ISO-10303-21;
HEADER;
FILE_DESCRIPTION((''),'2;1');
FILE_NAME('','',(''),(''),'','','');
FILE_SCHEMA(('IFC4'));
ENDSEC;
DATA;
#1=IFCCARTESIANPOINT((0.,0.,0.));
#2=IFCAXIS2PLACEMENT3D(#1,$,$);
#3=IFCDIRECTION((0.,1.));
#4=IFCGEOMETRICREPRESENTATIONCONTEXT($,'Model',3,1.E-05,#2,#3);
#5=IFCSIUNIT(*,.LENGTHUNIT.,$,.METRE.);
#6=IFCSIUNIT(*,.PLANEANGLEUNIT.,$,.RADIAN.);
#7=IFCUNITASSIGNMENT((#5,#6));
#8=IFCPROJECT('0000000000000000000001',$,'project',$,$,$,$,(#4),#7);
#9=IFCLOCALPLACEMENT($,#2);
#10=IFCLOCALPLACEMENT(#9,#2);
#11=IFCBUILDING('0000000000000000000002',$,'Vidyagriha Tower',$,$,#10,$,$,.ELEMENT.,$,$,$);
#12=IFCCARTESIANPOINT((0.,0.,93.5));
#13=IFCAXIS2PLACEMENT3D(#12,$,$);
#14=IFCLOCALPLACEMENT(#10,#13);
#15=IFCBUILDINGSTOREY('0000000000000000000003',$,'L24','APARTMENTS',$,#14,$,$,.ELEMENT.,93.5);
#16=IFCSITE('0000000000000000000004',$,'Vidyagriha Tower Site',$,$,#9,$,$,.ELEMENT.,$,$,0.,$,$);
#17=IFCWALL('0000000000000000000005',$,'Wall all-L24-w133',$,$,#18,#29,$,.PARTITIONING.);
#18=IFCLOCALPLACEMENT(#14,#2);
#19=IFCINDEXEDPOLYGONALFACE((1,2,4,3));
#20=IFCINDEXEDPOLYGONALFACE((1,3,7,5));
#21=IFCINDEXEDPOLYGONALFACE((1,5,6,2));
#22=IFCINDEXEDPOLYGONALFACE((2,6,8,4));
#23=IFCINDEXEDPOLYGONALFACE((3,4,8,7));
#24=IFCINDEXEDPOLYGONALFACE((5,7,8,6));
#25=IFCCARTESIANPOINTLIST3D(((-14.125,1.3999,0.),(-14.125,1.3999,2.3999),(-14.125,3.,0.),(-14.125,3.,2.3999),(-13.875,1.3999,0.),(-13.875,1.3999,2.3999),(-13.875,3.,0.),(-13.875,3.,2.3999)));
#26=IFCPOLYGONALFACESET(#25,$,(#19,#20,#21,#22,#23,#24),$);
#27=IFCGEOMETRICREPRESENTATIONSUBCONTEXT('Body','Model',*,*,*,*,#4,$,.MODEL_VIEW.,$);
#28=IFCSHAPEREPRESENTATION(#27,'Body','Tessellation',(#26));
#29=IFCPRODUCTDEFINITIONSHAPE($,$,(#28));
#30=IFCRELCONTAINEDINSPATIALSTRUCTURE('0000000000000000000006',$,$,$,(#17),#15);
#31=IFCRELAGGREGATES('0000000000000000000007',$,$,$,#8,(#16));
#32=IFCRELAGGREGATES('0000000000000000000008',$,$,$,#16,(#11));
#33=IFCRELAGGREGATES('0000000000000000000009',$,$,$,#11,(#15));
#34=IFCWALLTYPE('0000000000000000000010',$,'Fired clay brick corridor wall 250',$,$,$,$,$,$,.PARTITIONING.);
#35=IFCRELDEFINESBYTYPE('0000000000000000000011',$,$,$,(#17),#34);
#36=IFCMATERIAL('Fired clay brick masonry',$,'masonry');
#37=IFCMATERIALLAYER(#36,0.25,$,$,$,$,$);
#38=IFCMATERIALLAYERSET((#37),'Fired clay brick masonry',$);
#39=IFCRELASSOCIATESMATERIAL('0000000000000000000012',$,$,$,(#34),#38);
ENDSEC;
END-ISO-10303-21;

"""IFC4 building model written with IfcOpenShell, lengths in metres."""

from ifc_helpers import new_model, si_unit, direction, frame, frame_2d, origin, place, context, subcontext, project, spatial, rectangle, extrude, material, layer, layer_set, type_object, element, save


model = new_model("IFC4")

# Units and contexts
model_context = context("Model", 3, precision=1e-05, world=origin(), true_north=direction((0.0, 1.0)))
body_context = subcontext(model_context, "Body", "Model", "MODEL_VIEW")
ifc_project = project(units=[si_unit("LENGTHUNIT", "METRE"), si_unit("PLANEANGLEUNIT", "RADIAN")], contexts=[model_context])

# Site, building, storey
site_placement = place(None, origin())
site = spatial("IfcSite", under=ifc_project, at=site_placement, Name="Vidyagriha Tower Site", CompositionType="ELEMENT", RefElevation=0.0)
building_placement = place(site_placement, origin())
building = spatial("IfcBuilding", under=site, at=building_placement, Name="Vidyagriha Tower", CompositionType="ELEMENT")
storey_placement = place(building_placement, frame((0.0, 0.0, 93.5)))
storey = spatial("IfcBuildingStorey", under=building, at=storey_placement, Name="L24", Description="APARTMENTS", CompositionType="ELEMENT", Elevation=93.5)

# Wall
ifc_material_1 = material(Name="Fired clay brick masonry", Category="masonry")
ifc_layer_1 = layer(ifc_material_1, 0.25)
ifc_layer_set_1 = layer_set([ifc_layer_1], Name="Fired clay brick masonry")
wall_type_1 = type_object("IfcWallType", Name="Fired clay brick corridor wall 250", PredefinedType="PARTITIONING", material=ifc_layer_set_1)
wall_1_placement = place(storey_placement, frame((-14.0, 3.0, 0.0), z_axis=(0.0, 0.0, 1.0), x_axis=(0.0, -1.0, 0.0)))
element("IfcWall", 1, at=wall_1_placement, inside=storey, type_object=wall_type_1, Name="Wall all-L24-w133", PredefinedType="PARTITIONING", context=body_context, shape_type="SweptSolid", body=[
    extrude(rectangle(XDim=1.6001, YDim=0.25, at=frame_2d((0.8, 0.0))), origin(), (0.0, 0.0, 1.0), 2.3999),
])

save(model, "model.ifc")
